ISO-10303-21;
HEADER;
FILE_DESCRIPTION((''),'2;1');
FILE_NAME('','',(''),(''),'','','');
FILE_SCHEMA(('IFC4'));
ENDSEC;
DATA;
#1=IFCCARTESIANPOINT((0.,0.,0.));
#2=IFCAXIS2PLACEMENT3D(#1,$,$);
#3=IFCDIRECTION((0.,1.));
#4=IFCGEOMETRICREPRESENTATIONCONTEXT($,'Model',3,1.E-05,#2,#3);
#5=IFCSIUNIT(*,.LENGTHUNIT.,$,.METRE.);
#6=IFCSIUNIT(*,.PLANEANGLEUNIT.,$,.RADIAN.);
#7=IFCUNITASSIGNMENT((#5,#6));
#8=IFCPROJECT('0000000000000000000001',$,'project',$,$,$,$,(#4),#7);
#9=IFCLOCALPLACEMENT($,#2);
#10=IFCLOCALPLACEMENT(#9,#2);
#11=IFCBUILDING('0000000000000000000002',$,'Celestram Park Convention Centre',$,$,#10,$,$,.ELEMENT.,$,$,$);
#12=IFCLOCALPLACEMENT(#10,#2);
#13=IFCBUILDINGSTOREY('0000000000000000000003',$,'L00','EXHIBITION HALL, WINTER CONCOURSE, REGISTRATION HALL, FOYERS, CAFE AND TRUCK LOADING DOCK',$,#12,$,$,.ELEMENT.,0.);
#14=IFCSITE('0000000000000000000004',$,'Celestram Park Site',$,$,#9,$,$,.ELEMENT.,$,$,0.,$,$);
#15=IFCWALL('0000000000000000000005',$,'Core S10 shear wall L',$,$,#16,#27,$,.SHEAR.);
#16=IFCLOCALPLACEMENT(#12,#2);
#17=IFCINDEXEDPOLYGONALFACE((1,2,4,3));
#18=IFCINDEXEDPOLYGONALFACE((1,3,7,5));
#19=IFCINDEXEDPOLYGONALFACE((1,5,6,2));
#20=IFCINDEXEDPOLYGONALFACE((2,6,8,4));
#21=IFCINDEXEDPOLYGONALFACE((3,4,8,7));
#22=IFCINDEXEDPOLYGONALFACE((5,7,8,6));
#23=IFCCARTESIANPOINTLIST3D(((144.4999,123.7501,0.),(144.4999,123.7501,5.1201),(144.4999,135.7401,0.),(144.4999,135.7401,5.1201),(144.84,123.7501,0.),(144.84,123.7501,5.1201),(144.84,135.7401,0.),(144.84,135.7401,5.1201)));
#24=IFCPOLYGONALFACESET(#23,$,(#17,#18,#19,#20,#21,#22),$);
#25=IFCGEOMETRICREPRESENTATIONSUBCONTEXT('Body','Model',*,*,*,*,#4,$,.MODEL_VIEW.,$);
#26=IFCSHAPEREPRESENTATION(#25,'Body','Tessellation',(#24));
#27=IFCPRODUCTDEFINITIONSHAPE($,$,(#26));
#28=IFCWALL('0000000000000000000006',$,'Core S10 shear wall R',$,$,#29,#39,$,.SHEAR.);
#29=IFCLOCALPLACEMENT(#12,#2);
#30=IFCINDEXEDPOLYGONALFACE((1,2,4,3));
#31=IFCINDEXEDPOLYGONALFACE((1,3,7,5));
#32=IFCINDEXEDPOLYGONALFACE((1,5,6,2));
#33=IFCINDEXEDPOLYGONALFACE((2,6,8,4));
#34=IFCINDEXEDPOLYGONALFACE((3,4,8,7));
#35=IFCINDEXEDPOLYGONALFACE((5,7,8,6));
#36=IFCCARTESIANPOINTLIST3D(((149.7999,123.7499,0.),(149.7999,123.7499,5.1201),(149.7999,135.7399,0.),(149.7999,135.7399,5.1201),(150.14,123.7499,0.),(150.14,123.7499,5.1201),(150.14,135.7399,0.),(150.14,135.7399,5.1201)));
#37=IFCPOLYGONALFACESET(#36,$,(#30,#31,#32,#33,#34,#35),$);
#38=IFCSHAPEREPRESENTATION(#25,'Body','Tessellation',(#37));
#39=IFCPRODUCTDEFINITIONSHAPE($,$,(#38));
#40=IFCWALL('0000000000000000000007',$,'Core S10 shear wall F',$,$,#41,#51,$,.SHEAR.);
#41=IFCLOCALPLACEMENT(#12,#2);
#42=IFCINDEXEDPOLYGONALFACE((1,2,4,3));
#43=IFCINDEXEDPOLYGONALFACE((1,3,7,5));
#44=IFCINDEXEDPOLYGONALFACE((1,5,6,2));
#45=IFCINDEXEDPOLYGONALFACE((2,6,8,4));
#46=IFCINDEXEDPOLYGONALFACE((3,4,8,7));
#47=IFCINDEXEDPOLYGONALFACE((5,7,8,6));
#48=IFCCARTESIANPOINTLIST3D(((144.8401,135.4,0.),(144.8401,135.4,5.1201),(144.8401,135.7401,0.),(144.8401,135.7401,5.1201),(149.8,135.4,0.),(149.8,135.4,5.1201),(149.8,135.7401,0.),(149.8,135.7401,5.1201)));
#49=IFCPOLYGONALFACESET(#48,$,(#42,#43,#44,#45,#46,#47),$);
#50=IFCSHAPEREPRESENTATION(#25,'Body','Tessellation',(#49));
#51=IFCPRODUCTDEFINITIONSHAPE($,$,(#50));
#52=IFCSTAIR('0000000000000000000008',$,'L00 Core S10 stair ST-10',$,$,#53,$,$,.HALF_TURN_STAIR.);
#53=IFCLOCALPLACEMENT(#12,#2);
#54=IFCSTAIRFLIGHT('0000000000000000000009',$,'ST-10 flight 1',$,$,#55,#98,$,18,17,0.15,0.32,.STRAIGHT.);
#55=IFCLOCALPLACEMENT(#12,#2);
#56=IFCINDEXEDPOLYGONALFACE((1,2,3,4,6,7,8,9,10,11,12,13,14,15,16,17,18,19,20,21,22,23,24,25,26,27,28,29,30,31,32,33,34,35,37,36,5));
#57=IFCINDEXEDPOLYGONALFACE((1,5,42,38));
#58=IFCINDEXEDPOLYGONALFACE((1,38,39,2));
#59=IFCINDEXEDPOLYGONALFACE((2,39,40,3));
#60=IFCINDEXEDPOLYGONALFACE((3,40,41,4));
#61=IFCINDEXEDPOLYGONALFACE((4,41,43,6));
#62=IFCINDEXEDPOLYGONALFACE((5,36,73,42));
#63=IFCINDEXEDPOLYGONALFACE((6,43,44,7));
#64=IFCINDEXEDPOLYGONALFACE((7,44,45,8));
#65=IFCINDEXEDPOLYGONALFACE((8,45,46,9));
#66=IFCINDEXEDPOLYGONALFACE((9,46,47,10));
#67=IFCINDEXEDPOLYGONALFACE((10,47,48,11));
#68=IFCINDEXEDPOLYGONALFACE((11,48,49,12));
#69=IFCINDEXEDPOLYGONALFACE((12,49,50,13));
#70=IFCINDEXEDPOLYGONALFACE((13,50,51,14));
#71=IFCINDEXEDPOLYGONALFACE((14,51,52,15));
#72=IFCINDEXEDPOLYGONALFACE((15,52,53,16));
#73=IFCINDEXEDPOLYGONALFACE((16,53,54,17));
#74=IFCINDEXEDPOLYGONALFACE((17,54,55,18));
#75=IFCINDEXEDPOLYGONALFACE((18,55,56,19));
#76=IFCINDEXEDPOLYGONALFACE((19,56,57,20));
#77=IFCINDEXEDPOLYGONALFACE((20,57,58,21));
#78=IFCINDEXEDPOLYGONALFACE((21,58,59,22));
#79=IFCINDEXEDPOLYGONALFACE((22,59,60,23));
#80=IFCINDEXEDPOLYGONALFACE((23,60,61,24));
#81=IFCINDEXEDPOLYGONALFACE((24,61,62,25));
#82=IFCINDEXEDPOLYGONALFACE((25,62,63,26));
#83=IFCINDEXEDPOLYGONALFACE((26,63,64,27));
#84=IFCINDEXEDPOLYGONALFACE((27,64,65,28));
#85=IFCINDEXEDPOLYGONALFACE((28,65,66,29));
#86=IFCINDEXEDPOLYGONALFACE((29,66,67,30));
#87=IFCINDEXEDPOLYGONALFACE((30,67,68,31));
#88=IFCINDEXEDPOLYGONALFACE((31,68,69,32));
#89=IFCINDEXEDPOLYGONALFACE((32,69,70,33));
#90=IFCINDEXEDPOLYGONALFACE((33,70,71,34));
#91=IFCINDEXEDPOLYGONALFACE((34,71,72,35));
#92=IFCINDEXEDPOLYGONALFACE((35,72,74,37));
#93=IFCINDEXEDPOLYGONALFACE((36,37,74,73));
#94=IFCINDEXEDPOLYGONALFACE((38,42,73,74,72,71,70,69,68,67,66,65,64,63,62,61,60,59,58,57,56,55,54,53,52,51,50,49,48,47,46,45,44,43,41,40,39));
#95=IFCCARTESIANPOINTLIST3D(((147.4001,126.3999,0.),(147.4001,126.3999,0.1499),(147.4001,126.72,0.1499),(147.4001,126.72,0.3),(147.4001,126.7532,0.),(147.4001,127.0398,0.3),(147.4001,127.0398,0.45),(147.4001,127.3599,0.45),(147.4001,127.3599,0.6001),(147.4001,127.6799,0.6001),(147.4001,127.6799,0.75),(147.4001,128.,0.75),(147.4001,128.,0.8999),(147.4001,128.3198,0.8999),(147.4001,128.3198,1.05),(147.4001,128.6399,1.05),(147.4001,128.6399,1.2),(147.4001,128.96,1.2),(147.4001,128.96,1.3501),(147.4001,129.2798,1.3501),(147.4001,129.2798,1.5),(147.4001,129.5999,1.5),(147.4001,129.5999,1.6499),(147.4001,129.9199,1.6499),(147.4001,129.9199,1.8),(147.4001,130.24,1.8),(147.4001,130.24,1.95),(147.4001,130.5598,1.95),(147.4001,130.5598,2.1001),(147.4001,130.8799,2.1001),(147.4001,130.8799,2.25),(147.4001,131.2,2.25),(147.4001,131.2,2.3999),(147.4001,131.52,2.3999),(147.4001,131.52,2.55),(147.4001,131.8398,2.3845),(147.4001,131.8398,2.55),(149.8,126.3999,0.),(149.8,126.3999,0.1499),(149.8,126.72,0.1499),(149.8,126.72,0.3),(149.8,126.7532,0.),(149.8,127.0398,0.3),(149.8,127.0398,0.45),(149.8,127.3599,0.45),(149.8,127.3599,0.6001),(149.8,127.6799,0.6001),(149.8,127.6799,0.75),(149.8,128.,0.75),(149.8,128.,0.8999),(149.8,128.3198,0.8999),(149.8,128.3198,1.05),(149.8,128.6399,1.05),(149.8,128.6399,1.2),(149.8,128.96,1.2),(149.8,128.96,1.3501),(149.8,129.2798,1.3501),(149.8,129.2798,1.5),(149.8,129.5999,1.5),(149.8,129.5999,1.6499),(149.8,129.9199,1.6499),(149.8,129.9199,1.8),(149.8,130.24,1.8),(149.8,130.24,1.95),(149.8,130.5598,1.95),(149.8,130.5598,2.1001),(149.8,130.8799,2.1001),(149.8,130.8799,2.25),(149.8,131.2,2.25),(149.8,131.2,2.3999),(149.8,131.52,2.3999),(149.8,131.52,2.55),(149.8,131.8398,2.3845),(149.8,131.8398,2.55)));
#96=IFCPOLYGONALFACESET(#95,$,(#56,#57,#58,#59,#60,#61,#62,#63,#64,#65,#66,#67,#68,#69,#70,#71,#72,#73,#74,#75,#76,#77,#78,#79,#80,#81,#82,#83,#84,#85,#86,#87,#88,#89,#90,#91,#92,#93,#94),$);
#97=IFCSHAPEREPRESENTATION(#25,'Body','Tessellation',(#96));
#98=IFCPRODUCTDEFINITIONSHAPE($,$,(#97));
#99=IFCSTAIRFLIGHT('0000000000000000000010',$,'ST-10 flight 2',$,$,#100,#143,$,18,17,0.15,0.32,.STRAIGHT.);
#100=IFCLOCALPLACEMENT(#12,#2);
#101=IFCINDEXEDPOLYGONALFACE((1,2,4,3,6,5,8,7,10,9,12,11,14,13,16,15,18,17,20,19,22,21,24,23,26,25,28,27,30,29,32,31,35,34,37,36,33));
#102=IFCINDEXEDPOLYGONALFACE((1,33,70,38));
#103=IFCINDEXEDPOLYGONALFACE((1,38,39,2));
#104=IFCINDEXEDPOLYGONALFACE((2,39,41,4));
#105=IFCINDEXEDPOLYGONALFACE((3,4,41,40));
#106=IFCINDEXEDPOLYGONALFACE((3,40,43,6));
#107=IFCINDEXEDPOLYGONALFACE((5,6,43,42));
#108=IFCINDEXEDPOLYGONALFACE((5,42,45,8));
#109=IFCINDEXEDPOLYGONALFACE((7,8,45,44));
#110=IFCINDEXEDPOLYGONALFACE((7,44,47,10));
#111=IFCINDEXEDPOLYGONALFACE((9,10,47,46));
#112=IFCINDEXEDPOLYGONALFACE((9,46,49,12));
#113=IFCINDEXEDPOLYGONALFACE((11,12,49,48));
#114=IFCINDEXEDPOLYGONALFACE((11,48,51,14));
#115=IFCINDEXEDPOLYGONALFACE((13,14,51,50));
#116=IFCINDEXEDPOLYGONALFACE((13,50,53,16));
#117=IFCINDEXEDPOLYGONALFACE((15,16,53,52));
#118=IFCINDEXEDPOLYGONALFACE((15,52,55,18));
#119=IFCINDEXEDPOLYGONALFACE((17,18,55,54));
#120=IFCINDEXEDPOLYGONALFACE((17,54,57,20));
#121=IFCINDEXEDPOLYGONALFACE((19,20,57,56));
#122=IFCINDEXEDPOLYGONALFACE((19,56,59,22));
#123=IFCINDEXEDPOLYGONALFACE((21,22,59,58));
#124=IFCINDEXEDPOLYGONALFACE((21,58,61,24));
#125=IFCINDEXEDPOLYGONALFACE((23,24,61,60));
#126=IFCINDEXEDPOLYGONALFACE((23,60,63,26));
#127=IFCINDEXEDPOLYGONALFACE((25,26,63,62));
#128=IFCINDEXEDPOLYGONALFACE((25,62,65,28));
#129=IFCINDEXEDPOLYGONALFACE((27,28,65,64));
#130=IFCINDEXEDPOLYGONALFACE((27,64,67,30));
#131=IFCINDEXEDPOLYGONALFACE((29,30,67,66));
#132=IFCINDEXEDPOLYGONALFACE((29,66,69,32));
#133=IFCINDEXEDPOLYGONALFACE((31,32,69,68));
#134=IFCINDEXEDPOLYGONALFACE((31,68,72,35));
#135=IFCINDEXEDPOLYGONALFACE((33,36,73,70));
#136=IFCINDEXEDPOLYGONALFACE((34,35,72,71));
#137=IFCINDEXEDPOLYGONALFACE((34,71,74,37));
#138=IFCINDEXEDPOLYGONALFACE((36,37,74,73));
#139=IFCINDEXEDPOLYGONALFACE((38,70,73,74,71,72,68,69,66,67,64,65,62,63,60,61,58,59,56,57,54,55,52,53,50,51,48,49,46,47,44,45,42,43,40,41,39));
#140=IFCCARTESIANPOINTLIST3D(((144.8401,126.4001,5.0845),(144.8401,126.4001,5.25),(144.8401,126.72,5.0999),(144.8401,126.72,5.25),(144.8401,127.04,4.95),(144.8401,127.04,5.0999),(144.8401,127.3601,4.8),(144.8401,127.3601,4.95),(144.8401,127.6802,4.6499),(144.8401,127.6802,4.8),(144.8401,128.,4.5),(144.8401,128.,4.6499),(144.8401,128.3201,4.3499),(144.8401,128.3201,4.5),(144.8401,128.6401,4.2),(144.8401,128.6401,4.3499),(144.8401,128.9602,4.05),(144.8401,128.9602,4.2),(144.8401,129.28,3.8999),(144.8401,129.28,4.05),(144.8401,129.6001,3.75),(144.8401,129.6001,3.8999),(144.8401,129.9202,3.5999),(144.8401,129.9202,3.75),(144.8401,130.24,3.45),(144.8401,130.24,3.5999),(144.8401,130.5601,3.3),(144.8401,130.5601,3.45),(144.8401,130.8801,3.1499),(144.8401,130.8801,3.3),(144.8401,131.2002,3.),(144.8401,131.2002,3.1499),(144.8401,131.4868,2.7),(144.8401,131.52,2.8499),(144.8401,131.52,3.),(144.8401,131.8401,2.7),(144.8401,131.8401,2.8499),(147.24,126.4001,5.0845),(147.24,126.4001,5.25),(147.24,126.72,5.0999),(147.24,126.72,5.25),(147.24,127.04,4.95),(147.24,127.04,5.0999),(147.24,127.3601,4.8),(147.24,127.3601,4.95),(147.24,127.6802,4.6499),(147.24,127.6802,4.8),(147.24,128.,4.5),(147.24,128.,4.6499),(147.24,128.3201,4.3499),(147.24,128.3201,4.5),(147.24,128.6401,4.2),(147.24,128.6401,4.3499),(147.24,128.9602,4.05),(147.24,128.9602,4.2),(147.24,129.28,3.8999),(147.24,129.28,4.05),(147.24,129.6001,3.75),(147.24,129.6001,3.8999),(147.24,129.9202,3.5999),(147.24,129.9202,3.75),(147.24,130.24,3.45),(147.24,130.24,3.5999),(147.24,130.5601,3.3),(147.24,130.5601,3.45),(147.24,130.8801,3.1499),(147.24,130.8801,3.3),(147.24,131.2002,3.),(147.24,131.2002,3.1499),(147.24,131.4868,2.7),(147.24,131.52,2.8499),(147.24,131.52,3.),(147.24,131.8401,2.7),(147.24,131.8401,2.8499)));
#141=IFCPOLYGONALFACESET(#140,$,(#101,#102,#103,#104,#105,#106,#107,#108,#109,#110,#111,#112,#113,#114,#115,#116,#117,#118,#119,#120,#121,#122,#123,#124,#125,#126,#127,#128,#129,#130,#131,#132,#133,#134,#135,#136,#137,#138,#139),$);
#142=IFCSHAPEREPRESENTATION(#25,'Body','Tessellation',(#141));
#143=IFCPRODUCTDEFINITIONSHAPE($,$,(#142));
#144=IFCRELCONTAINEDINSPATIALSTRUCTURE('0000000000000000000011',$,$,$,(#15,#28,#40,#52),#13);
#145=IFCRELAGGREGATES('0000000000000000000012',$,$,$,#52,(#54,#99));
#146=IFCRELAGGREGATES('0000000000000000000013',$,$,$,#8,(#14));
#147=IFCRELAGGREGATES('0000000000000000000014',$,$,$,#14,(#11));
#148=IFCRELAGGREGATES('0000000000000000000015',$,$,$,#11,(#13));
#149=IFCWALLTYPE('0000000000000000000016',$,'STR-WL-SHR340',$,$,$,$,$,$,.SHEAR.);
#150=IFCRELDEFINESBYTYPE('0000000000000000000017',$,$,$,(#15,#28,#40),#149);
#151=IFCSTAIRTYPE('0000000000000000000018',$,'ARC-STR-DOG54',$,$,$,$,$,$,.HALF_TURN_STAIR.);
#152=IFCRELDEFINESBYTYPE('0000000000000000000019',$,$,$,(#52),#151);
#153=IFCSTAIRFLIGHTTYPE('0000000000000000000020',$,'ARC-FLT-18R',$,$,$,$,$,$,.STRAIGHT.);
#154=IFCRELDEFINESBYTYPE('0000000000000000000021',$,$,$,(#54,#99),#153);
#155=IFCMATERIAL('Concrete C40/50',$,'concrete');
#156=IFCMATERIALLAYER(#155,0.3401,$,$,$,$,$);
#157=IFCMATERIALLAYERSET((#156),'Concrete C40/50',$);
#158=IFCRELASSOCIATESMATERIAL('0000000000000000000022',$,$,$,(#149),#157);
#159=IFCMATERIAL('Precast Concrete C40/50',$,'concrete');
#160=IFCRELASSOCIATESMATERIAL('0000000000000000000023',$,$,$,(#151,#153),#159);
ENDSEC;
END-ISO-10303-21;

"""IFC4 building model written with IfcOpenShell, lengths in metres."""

from ifc_helpers import new_model, si_unit, direction, frame, frame_2d, origin, place, context, subcontext, project, spatial, polyline, rectangle, outline, extrude, material, layer, layer_set, type_object, element, aggregate, save


model = new_model("IFC4")

# Units and contexts
model_context = context("Model", 3, precision=1e-05, world=origin(), true_north=direction((0.0, 1.0)))
body_context = subcontext(model_context, "Body", "Model", "MODEL_VIEW")
ifc_project = project(units=[si_unit("LENGTHUNIT", "METRE"), si_unit("PLANEANGLEUNIT", "RADIAN")], contexts=[model_context])

# Site, building, storey
site_placement = place(None, origin())
site = spatial("IfcSite", under=ifc_project, at=site_placement, Name="Celestram Park Site", CompositionType="ELEMENT", RefElevation=0.0)
building_placement = place(site_placement, origin())
building = spatial("IfcBuilding", under=site, at=building_placement, Name="Celestram Park Convention Centre", CompositionType="ELEMENT")
storey_placement = place(building_placement, origin())
storey = spatial("IfcBuildingStorey", under=building, at=storey_placement, Name="L00", Description="EXHIBITION HALL, WINTER CONCOURSE, REGISTRATION HALL, FOYERS, CAFE AND TRUCK LOADING DOCK", CompositionType="ELEMENT", Elevation=0.0)

# Shared definitions
ifc_material_1 = material(Name="Concrete C40/50", Category="concrete")

# Walls
ifc_layer_1 = layer(ifc_material_1, 0.3401)
ifc_layer_set_1 = layer_set([ifc_layer_1], Name="Concrete C40/50")
wall_type_1 = type_object("IfcWallType", Name="STR-WL-SHR340", PredefinedType="SHEAR", material=ifc_layer_set_1)
for number, where, z_axis, x_axis, name in (
    (1, (144.6699, 123.75, 0.0), (0.0, 0.0, 1.0), (0.0, 1.0, 0.0), "Core S10 shear wall L"),
    (2, (149.97, 135.74, 0.0), (0.0, 0.0, 1.0), (0.0, -1.0, 0.0), "Core S10 shear wall R"),
):
    element("IfcWall", number, at=place(storey_placement, frame(where, z_axis=z_axis, x_axis=x_axis)), inside=storey, type_object=wall_type_1, Name=name, PredefinedType="SHEAR", context=body_context, shape_type="SweptSolid", body=[
        extrude(rectangle(XDim=11.99, YDim=0.3401, at=frame_2d((5.9951, 0.0))), origin(), (0.0, 0.0, 1.0), 5.1201),
    ])
wall_1_placement = place(storey_placement, frame((144.8401, 135.5701, 0.0), z_axis=(0.0, 0.0, 1.0), x_axis=(1.0, 0.0, 0.0)))
element("IfcWall", 3, at=wall_1_placement, inside=storey, type_object=wall_type_1, Name="Core S10 shear wall F", PredefinedType="SHEAR", context=body_context, shape_type="SweptSolid", body=[
    extrude(rectangle(XDim=4.96, YDim=0.3401, at=frame_2d((2.48, 0.0))), origin(), (0.0, 0.0, 1.0), 5.1201),
])

# Stair, stair flights
ifc_material_2 = material(Name="Precast Concrete C40/50", Category="concrete")
stair_type = type_object("IfcStairType", Name="ARC-STR-DOG54", PredefinedType="HALF_TURN_STAIR", material=ifc_material_2)
stair_placement = place(storey_placement, origin())
stair = element("IfcStair", 4, at=stair_placement, inside=storey, type_object=stair_type, Name="L00 Core S10 stair ST-10", PredefinedType="HALF_TURN_STAIR")
stair_flight_type = type_object("IfcStairFlightType", Name="ARC-FLT-18R", PredefinedType="STRAIGHT", material=ifc_material_2)
stair_flight_1_placement = place(storey_placement, frame((148.6001, 126.3999, 0.0), z_axis=(0.0, 0.0, 1.0), x_axis=(0.0, 1.0, 0.0)))
stair_flight_1 = element("IfcStairFlight", 5, at=stair_flight_1_placement, type_object=stair_flight_type, Name="ST-10 flight 1", NumberOfRisers=18, NumberOfTreads=17, PredefinedType="STRAIGHT", RiserHeight=0.15, TreadLength=0.32, context=body_context, shape_type="SweptSolid", body=[
    extrude(outline(polyline([(0.0, 0.0), (0.0, 0.1499), (0.3201, 0.1499), (0.3201, 0.3), (0.6399, 0.3), (0.6399, 0.45), (0.96, 0.45), (0.96, 0.6001), (1.28, 0.6001), (1.28, 0.75), (1.6001, 0.75), (1.6001, 0.8999), (1.9199, 0.8999), (1.9199, 1.05), (2.24, 1.05), (2.24, 1.2), (2.5601, 1.2), (2.5601, 1.3501), (2.8799, 1.3501), (2.8799, 1.5), (3.2, 1.5), (3.2, 1.6499), (3.52, 1.6499), (3.52, 1.8), (3.8401, 1.8), (3.8401, 1.95), (4.1599, 1.95), (4.1599, 2.1001), (4.48, 2.1001), (4.48, 2.25), (4.8, 2.25), (4.8, 2.3999), (5.1201, 2.3999), (5.1201, 2.55), (5.4399, 2.55), (5.4399, 2.7), (5.4399, 2.3845), (0.3533, 0.0), (0.0, 0.0)])), frame((0.0, 1.2, 0.0), z_axis=(0.0, -1.0, 0.0), x_axis=(1.0, 0.0, 0.0)), (0.0, 0.0, 1.0), 2.3999),
])
stair_flight_2_placement = place(storey_placement, frame((146.04, 131.8401, 2.7), z_axis=(0.0, 0.0, 1.0), x_axis=(0.0, -1.0, 0.0)))
stair_flight_2 = element("IfcStairFlight", 6, at=stair_flight_2_placement, type_object=stair_flight_type, Name="ST-10 flight 2", NumberOfRisers=18, NumberOfTreads=17, PredefinedType="STRAIGHT", RiserHeight=0.15, TreadLength=0.32, context=body_context, shape_type="SweptSolid", body=[
    extrude(outline(polyline([(0.0, 0.0), (0.0, 0.1499), (0.3201, 0.1499), (0.3201, 0.3), (0.6399, 0.3), (0.6399, 0.45), (0.96, 0.45), (0.96, 0.6001), (1.28, 0.6001), (1.28, 0.75), (1.6001, 0.75), (1.6001, 0.8999), (1.9199, 0.8999), (1.9199, 1.05), (2.24, 1.05), (2.24, 1.2), (2.5601, 1.2), (2.5601, 1.3501), (2.8799, 1.3501), (2.8799, 1.5), (3.2, 1.5), (3.2, 1.6499), (3.52, 1.6499), (3.52, 1.8), (3.8401, 1.8), (3.8401, 1.95), (4.1599, 1.95), (4.1599, 2.1001), (4.48, 2.1001), (4.48, 2.25), (4.8, 2.25), (4.8, 2.3999), (5.1201, 2.3999), (5.1201, 2.55), (5.4399, 2.55), (5.4399, 2.7), (5.4399, 2.3845), (0.3533, 0.0), (0.0, 0.0)])), frame((0.0, 1.2, 0.0), z_axis=(0.0, -1.0, 0.0), x_axis=(1.0, 0.0, 0.0)), (0.0, 0.0, 1.0), 2.3999),
])
aggregate(stair, [stair_flight_1, stair_flight_2])

save(model, "model.ifc")
